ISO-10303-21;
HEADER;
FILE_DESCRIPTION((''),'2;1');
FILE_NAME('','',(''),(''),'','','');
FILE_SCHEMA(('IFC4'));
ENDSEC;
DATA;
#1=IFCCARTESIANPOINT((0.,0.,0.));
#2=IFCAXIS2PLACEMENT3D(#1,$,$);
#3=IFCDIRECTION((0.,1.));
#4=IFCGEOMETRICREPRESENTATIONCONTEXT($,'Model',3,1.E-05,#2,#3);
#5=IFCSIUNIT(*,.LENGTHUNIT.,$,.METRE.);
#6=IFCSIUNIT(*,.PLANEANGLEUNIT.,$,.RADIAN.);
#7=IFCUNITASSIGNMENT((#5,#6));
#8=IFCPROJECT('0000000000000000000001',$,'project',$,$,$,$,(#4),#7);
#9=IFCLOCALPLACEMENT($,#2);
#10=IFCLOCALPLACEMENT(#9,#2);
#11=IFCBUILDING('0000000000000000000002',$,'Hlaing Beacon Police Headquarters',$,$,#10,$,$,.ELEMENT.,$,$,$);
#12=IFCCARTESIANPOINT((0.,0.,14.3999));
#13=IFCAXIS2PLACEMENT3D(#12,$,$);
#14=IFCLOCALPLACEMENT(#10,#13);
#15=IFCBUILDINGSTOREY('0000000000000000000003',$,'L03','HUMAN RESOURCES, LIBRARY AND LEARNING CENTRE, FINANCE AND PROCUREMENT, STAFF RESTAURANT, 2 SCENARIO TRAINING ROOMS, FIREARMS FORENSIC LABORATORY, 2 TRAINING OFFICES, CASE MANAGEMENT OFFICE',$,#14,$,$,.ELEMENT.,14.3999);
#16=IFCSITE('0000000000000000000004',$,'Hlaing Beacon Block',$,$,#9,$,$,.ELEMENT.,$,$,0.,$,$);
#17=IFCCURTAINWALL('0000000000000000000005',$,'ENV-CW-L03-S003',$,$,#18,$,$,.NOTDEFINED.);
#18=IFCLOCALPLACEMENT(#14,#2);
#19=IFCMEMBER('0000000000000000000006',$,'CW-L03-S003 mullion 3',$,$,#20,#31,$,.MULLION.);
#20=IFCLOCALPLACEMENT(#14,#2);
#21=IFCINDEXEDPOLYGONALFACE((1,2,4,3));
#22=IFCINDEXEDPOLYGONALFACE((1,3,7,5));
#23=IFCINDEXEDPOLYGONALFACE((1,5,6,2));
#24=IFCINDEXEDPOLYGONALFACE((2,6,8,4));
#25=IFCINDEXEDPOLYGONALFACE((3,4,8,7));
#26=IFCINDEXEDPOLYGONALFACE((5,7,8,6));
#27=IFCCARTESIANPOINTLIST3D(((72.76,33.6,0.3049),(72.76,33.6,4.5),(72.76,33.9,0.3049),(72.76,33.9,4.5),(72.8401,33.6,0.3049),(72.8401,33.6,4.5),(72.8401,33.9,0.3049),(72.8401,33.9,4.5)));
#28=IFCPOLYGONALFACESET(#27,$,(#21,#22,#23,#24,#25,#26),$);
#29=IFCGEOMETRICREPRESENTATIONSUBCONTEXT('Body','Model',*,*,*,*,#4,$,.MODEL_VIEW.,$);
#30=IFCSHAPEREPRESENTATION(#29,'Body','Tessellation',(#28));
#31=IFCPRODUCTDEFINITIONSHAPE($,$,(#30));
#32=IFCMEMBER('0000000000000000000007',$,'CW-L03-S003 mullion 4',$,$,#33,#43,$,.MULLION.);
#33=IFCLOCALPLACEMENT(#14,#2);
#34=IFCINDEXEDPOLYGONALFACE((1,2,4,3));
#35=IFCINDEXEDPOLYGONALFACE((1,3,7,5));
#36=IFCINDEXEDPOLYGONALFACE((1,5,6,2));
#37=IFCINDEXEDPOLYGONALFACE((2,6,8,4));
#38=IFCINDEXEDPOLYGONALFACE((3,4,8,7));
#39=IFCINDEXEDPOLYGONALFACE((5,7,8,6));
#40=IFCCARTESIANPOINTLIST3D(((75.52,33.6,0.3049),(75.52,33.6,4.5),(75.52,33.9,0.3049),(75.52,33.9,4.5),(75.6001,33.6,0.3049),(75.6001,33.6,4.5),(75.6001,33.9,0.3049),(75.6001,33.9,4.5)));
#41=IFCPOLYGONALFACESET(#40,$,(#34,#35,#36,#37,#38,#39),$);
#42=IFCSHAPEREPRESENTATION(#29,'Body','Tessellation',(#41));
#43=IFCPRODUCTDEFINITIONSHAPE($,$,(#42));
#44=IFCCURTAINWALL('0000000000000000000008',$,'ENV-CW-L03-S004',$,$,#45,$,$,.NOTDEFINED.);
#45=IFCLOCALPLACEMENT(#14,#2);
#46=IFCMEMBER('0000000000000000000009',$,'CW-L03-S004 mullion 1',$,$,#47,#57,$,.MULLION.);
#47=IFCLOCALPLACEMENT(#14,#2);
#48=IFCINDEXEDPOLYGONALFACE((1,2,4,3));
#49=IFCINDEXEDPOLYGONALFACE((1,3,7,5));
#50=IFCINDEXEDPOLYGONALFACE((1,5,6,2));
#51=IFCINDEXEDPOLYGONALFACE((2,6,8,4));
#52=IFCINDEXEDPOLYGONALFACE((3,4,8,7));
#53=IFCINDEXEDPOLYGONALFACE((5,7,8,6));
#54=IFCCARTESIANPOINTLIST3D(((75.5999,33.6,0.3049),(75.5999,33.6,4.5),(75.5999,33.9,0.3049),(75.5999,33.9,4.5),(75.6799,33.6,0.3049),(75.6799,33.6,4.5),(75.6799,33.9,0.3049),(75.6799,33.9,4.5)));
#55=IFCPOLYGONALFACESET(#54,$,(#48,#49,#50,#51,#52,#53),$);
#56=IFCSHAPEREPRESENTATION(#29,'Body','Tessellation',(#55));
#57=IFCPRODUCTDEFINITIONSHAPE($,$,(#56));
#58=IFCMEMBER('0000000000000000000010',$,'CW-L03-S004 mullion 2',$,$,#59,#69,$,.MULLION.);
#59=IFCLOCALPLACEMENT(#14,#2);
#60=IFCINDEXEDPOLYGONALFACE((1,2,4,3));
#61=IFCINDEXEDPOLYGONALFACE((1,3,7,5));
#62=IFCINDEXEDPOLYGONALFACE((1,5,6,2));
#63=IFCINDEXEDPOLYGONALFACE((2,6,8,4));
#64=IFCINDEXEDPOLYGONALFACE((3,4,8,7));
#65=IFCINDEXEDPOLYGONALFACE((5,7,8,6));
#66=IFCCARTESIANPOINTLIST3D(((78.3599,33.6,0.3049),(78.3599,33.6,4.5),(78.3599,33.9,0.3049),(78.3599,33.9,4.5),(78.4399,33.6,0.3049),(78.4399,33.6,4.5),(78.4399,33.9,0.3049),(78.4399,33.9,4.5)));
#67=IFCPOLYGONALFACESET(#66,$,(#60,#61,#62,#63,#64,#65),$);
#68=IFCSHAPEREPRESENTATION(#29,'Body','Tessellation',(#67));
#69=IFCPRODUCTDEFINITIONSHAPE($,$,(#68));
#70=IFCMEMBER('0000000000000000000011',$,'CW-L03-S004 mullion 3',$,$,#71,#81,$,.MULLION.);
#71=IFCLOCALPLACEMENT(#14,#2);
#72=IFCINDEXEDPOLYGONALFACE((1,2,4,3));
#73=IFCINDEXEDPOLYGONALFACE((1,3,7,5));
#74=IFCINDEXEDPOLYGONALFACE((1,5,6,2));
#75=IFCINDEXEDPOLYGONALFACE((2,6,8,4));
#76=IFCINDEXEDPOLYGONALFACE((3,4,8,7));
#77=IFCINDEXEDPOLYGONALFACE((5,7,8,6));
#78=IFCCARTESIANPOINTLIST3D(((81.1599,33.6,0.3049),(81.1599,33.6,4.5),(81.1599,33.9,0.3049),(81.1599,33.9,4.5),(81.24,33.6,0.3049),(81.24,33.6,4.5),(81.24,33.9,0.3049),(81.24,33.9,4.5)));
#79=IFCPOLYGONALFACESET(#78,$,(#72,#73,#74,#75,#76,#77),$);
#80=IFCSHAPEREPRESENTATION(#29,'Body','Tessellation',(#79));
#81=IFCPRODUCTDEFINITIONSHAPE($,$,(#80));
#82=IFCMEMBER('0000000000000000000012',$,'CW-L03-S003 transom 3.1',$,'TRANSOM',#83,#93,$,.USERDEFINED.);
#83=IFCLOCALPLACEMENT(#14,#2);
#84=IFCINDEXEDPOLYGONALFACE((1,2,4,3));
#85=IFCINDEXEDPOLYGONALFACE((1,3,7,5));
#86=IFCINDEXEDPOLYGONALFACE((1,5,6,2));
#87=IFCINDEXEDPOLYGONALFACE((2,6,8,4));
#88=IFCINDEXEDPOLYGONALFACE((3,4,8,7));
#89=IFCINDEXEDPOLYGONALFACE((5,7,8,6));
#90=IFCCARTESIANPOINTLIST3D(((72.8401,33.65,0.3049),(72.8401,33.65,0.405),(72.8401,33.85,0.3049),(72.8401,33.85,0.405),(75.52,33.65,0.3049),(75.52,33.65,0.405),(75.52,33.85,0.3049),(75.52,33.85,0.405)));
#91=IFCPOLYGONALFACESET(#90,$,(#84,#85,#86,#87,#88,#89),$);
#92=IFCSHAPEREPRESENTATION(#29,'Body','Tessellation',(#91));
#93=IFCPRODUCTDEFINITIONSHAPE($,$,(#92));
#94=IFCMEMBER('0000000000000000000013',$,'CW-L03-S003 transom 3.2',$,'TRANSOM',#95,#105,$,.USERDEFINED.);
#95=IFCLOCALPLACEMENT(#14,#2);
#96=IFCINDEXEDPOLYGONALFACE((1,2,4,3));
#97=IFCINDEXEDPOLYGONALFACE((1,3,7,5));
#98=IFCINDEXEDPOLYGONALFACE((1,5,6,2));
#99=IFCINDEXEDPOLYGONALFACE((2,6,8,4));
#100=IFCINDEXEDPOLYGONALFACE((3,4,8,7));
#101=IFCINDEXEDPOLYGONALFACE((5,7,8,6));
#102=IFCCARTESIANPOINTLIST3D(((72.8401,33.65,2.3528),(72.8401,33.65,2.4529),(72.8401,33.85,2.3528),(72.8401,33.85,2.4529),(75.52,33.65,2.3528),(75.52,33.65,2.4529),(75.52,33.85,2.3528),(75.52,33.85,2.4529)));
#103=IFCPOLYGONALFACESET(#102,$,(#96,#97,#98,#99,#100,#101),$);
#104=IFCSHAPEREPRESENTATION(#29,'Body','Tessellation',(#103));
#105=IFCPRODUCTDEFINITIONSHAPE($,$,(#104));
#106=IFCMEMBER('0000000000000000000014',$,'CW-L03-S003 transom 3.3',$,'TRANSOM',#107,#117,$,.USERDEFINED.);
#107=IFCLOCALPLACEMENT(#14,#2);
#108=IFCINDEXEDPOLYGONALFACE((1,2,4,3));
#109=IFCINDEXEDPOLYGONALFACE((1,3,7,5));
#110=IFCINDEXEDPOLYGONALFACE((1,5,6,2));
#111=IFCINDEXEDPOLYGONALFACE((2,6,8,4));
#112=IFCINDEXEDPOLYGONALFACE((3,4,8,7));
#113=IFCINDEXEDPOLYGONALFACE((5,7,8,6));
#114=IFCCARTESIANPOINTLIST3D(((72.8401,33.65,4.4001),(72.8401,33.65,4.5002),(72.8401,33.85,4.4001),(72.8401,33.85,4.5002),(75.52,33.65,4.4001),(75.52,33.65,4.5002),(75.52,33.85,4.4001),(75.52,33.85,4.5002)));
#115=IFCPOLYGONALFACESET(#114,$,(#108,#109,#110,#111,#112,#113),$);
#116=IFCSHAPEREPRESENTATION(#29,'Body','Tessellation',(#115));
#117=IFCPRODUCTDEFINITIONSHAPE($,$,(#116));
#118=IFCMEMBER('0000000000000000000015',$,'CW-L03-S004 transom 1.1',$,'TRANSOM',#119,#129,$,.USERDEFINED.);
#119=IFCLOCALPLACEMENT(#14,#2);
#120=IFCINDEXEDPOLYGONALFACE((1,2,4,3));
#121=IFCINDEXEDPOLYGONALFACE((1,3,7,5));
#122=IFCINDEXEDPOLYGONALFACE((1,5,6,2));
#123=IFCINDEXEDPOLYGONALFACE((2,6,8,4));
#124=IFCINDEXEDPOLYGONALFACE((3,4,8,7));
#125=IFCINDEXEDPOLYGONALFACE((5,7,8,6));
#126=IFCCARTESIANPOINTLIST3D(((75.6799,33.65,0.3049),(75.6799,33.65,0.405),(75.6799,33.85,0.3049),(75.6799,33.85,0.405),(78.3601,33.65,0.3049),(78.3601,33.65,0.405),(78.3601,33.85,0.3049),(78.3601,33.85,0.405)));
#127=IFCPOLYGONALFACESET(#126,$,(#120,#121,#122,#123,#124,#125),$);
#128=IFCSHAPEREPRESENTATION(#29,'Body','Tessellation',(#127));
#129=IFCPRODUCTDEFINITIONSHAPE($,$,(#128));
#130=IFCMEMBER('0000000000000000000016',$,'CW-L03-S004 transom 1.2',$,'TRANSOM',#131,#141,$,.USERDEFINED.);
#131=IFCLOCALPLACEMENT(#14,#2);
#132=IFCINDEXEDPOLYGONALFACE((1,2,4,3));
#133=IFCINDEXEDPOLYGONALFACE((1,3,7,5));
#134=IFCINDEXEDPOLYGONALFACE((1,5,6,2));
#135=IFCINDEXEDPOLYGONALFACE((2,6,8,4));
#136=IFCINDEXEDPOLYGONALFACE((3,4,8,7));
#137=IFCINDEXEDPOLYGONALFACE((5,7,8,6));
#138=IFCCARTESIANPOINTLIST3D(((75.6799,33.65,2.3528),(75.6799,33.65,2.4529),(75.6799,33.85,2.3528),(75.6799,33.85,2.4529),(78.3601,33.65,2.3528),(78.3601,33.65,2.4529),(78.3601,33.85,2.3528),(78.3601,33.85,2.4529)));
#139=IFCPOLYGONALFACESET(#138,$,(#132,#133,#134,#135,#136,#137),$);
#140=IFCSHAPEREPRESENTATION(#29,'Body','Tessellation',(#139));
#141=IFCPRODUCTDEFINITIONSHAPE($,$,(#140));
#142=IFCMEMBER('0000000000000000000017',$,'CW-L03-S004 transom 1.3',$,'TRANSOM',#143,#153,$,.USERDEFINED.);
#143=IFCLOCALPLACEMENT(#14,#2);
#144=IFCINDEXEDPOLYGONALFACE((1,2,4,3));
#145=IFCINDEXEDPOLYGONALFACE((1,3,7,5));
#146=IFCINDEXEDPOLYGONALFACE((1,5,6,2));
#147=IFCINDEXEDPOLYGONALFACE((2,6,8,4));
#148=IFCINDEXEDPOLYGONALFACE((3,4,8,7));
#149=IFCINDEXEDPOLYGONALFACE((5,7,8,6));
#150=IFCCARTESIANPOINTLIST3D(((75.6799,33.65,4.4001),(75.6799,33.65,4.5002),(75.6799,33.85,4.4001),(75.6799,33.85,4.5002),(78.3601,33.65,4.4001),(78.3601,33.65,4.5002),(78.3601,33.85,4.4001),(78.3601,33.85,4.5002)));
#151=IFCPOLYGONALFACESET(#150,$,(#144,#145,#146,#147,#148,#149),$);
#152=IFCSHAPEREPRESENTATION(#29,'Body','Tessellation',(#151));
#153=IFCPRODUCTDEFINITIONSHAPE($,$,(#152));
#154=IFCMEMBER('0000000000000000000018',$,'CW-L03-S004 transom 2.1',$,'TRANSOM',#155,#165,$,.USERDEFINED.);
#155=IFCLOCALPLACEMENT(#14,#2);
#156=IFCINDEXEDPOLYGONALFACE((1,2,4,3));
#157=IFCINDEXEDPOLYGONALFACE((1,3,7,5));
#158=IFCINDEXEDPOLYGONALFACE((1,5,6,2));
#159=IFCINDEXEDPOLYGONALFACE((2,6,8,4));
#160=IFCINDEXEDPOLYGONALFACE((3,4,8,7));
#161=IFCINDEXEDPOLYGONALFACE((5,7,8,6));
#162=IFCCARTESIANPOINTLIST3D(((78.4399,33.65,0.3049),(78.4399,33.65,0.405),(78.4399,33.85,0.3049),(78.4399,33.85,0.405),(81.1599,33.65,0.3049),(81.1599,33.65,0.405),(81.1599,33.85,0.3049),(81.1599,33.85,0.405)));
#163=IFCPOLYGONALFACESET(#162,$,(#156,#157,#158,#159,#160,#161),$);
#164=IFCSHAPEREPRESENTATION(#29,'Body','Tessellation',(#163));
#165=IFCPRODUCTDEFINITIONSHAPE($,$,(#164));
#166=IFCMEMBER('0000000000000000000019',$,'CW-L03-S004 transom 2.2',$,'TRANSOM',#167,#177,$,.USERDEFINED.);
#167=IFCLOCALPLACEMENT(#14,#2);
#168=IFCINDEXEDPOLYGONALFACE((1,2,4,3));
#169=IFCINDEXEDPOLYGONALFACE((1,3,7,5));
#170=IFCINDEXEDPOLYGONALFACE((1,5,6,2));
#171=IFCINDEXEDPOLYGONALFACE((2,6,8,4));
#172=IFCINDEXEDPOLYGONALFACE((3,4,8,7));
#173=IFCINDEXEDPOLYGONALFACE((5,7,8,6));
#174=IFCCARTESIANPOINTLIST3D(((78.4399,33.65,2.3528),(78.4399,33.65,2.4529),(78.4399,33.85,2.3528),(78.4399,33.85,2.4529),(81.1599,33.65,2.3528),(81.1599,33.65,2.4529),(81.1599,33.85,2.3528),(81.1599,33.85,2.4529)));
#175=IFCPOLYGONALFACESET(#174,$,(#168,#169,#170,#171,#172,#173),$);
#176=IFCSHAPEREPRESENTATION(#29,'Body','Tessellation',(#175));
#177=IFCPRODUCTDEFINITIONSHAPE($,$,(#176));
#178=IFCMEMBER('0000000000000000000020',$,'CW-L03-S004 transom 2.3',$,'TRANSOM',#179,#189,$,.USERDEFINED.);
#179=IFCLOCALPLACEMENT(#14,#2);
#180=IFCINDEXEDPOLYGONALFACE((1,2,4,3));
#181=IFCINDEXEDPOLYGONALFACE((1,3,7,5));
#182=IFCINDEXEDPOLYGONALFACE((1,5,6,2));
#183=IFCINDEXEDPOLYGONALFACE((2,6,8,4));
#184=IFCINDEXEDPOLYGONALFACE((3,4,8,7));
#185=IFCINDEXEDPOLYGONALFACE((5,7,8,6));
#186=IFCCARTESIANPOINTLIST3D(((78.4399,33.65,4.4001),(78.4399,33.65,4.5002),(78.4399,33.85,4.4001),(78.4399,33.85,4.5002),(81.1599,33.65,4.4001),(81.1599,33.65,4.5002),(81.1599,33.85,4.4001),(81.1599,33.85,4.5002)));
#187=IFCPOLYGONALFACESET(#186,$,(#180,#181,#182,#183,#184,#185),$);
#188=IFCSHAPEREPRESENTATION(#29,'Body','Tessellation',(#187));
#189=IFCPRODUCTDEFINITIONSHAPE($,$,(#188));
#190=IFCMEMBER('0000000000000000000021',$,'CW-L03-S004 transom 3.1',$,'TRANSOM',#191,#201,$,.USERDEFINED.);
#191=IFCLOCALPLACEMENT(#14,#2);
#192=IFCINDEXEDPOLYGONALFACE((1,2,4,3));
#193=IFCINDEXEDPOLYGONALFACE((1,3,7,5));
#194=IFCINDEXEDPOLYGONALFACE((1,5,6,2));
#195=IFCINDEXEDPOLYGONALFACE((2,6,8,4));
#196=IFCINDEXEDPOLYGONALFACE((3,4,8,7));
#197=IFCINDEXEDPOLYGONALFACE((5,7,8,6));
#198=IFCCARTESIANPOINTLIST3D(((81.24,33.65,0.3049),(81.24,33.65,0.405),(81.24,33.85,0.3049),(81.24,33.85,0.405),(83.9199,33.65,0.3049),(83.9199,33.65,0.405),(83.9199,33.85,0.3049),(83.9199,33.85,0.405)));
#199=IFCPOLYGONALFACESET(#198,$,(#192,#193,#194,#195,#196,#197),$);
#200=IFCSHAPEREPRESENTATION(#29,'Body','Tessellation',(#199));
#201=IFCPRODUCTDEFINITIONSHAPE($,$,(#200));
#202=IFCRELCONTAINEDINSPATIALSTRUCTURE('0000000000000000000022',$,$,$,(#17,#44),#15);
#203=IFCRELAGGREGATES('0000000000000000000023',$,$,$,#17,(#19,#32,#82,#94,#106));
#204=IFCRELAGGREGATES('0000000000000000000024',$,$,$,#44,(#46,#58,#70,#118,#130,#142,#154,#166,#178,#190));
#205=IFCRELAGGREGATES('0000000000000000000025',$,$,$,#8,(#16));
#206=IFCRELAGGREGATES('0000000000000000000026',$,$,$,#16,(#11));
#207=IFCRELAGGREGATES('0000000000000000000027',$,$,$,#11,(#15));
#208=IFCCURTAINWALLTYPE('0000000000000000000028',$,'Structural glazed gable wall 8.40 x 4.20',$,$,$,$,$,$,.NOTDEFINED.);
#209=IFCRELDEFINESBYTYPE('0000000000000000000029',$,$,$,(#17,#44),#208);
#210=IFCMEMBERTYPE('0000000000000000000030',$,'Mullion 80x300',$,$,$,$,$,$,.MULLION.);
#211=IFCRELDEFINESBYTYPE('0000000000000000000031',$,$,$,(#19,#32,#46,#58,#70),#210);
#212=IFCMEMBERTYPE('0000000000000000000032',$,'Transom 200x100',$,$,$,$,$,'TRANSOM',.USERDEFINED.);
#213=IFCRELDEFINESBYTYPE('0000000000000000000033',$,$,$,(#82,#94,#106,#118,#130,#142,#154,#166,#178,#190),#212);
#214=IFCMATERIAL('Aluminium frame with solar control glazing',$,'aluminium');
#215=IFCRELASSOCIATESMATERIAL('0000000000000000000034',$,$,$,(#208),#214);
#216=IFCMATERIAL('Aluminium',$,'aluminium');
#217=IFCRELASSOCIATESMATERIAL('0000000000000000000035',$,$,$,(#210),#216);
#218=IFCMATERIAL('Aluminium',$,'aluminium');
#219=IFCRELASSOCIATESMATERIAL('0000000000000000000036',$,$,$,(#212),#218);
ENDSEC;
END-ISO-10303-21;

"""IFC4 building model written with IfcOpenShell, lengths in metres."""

from ifc_helpers import new_model, si_unit, direction, frame, origin, origin_2d, place, context, subcontext, project, spatial, rectangle, extrude, material, material_profile, profile_set, type_object, element, aggregate, save


model = new_model("IFC4")

# Units and contexts
model_context = context("Model", 3, precision=1e-05, world=origin(), true_north=direction((0.0, 1.0)))
body_context = subcontext(model_context, "Body", "Model", "MODEL_VIEW")
ifc_project = project(units=[si_unit("LENGTHUNIT", "METRE"), si_unit("PLANEANGLEUNIT", "RADIAN")], contexts=[model_context])

# Site, building, storey
site_placement = place(None, origin())
site = spatial("IfcSite", under=ifc_project, at=site_placement, Name="Hlaing Beacon Block", CompositionType="ELEMENT", RefElevation=0.0)
building_placement = place(site_placement, origin())
building = spatial("IfcBuilding", under=site, at=building_placement, Name="Hlaing Beacon Police Headquarters", CompositionType="ELEMENT")
storey_placement = place(building_placement, frame((0.0, 0.0, 14.3999)))
storey = spatial("IfcBuildingStorey", under=building, at=storey_placement, Name="L03", Description="HUMAN RESOURCES, LIBRARY AND LEARNING CENTRE, FINANCE AND PROCUREMENT, STAFF RESTAURANT, 2 SCENARIO TRAINING ROOMS, FIREARMS FORENSIC LABORATORY, 2 TRAINING OFFICES, CASE MANAGEMENT OFFICE", CompositionType="ELEMENT", Elevation=14.3999)

# Curtain walls, members
ifc_material_1 = material(Name="Aluminium frame with solar control glazing", Category="aluminium")
curtain_wall_type = type_object("IfcCurtainWallType", Name="Structural glazed gable wall 8.40 x 4.20", PredefinedType="NOTDEFINED", material=ifc_material_1)
curtain_wall_1_placement = place(storey_placement, origin())
curtain_wall_1 = element("IfcCurtainWall", 1, at=curtain_wall_1_placement, inside=storey, type_object=curtain_wall_type, Name="ENV-CW-L03-S003", PredefinedType="NOTDEFINED")
ifc_material_2 = material(Name="Aluminium", Category="aluminium")
ifc_material_profile_1 = material_profile(ifc_material_2, rectangle(XDim=0.3, YDim=0.0801, at=origin_2d()), Name="Mullion 80x300")
ifc_profile_set_1 = profile_set([ifc_material_profile_1], Name="Aluminium")
member_type_1 = type_object("IfcMemberType", Name="Mullion 80x300", PredefinedType="MULLION", material=ifc_profile_set_1)
member_1_placement = place(storey_placement, frame((72.8, 33.75, 0.3049), z_axis=(0.0, 0.0, 1.0), x_axis=(0.0, 1.0, 0.0)))
member_1 = element("IfcMember", 2, at=member_1_placement, type_object=member_type_1, Name="CW-L03-S003 mullion 3", PredefinedType="MULLION", context=body_context, shape_type="SweptSolid", body=[
    extrude(rectangle(XDim=0.3, YDim=0.0801, at=origin_2d()), origin(), (0.0, 0.0, 1.0), 4.1951),
])
member_2_placement = place(storey_placement, frame((75.5601, 33.75, 0.3049), z_axis=(0.0, 0.0, 1.0), x_axis=(0.0, 1.0, 0.0)))
member_2 = element("IfcMember", 3, at=member_2_placement, type_object=member_type_1, Name="CW-L03-S003 mullion 4", PredefinedType="MULLION", context=body_context, shape_type="SweptSolid", body=[
    extrude(rectangle(XDim=0.3, YDim=0.0801, at=origin_2d()), origin(), (0.0, 0.0, 1.0), 4.1951),
])
curtain_wall_2_placement = place(storey_placement, origin())
curtain_wall_2 = element("IfcCurtainWall", 4, at=curtain_wall_2_placement, inside=storey, type_object=curtain_wall_type, Name="ENV-CW-L03-S004", PredefinedType="NOTDEFINED")
member_3_placement = place(storey_placement, frame((75.6399, 33.75, 0.3049), z_axis=(0.0, 0.0, 1.0), x_axis=(0.0, 1.0, 0.0)))
member_3 = element("IfcMember", 5, at=member_3_placement, type_object=member_type_1, Name="CW-L03-S004 mullion 1", PredefinedType="MULLION", context=body_context, shape_type="SweptSolid", body=[
    extrude(rectangle(XDim=0.3, YDim=0.0801, at=origin_2d()), origin(), (0.0, 0.0, 1.0), 4.1951),
])
member_4_placement = place(storey_placement, frame((78.3999, 33.75, 0.3049), z_axis=(0.0, 0.0, 1.0), x_axis=(0.0, 1.0, 0.0)))
member_4 = element("IfcMember", 6, at=member_4_placement, type_object=member_type_1, Name="CW-L03-S004 mullion 2", PredefinedType="MULLION", context=body_context, shape_type="SweptSolid", body=[
    extrude(rectangle(XDim=0.3, YDim=0.0801, at=origin_2d()), origin(), (0.0, 0.0, 1.0), 4.1951),
])
member_5_placement = place(storey_placement, frame((81.2, 33.75, 0.3049), z_axis=(0.0, 0.0, 1.0), x_axis=(0.0, 1.0, 0.0)))
member_5 = element("IfcMember", 7, at=member_5_placement, type_object=member_type_1, Name="CW-L03-S004 mullion 3", PredefinedType="MULLION", context=body_context, shape_type="SweptSolid", body=[
    extrude(rectangle(XDim=0.3, YDim=0.0801, at=origin_2d()), origin(), (0.0, 0.0, 1.0), 4.1951),
])

# Members
ifc_material_3 = material(Name="Aluminium", Category="aluminium")
ifc_material_profile_2 = material_profile(ifc_material_3, rectangle(XDim=0.2, YDim=0.1001, at=origin_2d()), Name="Transom 200x100")
ifc_profile_set_2 = profile_set([ifc_material_profile_2], Name="Aluminium")
member_type_2 = type_object("IfcMemberType", Name="Transom 200x100", ElementType="TRANSOM", PredefinedType="USERDEFINED", material=ifc_profile_set_2)
member_6_placement = place(storey_placement, frame((72.8401, 33.75, 0.355), z_axis=(1.0, 0.0, 0.0), x_axis=(0.0, 1.0, 0.0)))
member_6 = element("IfcMember", 8, at=member_6_placement, type_object=member_type_2, Name="CW-L03-S003 transom 3.1", ObjectType="TRANSOM", PredefinedType="USERDEFINED", context=body_context, shape_type="SweptSolid", body=[
    extrude(rectangle(XDim=0.2, YDim=0.1001, at=origin_2d()), origin(), (0.0, 0.0, 1.0), 2.6799),
])
member_7_placement = place(storey_placement, frame((72.8401, 33.75, 2.4028), z_axis=(1.0, 0.0, 0.0), x_axis=(0.0, 1.0, 0.0)))
member_7 = element("IfcMember", 9, at=member_7_placement, type_object=member_type_2, Name="CW-L03-S003 transom 3.2", ObjectType="TRANSOM", PredefinedType="USERDEFINED", context=body_context, shape_type="SweptSolid", body=[
    extrude(rectangle(XDim=0.2, YDim=0.1001, at=origin_2d()), origin(), (0.0, 0.0, 1.0), 2.6799),
])
member_8_placement = place(storey_placement, frame((72.8401, 33.75, 4.4502), z_axis=(1.0, 0.0, 0.0), x_axis=(0.0, 1.0, 0.0)))
member_8 = element("IfcMember", 10, at=member_8_placement, type_object=member_type_2, Name="CW-L03-S003 transom 3.3", ObjectType="TRANSOM", PredefinedType="USERDEFINED", context=body_context, shape_type="SweptSolid", body=[
    extrude(rectangle(XDim=0.2, YDim=0.1001, at=origin_2d()), origin(), (0.0, 0.0, 1.0), 2.6799),
])
member_9_placement = place(storey_placement, frame((75.6799, 33.75, 0.355), z_axis=(1.0, 0.0, 0.0), x_axis=(0.0, 1.0, 0.0)))
member_9 = element("IfcMember", 11, at=member_9_placement, type_object=member_type_2, Name="CW-L03-S004 transom 1.1", ObjectType="TRANSOM", PredefinedType="USERDEFINED", context=body_context, shape_type="SweptSolid", body=[
    extrude(rectangle(XDim=0.2, YDim=0.1001, at=origin_2d()), origin(), (0.0, 0.0, 1.0), 2.6802),
])
member_10_placement = place(storey_placement, frame((75.6799, 33.75, 2.4028), z_axis=(1.0, 0.0, 0.0), x_axis=(0.0, 1.0, 0.0)))
member_10 = element("IfcMember", 12, at=member_10_placement, type_object=member_type_2, Name="CW-L03-S004 transom 1.2", ObjectType="TRANSOM", PredefinedType="USERDEFINED", context=body_context, shape_type="SweptSolid", body=[
    extrude(rectangle(XDim=0.2, YDim=0.1001, at=origin_2d()), origin(), (0.0, 0.0, 1.0), 2.6802),
])
member_11_placement = place(storey_placement, frame((75.6799, 33.75, 4.4502), z_axis=(1.0, 0.0, 0.0), x_axis=(0.0, 1.0, 0.0)))
member_11 = element("IfcMember", 13, at=member_11_placement, type_object=member_type_2, Name="CW-L03-S004 transom 1.3", ObjectType="TRANSOM", PredefinedType="USERDEFINED", context=body_context, shape_type="SweptSolid", body=[
    extrude(rectangle(XDim=0.2, YDim=0.1001, at=origin_2d()), origin(), (0.0, 0.0, 1.0), 2.6802),
])
member_12_placement = place(storey_placement, frame((78.4399, 33.75, 0.355), z_axis=(1.0, 0.0, 0.0), x_axis=(0.0, 1.0, 0.0)))
member_12 = element("IfcMember", 14, at=member_12_placement, type_object=member_type_2, Name="CW-L03-S004 transom 2.1", ObjectType="TRANSOM", PredefinedType="USERDEFINED", context=body_context, shape_type="SweptSolid", body=[
    extrude(rectangle(XDim=0.2, YDim=0.1001, at=origin_2d()), origin(), (0.0, 0.0, 1.0), 2.72),
])
member_13_placement = place(storey_placement, frame((78.4399, 33.75, 2.4028), z_axis=(1.0, 0.0, 0.0), x_axis=(0.0, 1.0, 0.0)))
member_13 = element("IfcMember", 15, at=member_13_placement, type_object=member_type_2, Name="CW-L03-S004 transom 2.2", ObjectType="TRANSOM", PredefinedType="USERDEFINED", context=body_context, shape_type="SweptSolid", body=[
    extrude(rectangle(XDim=0.2, YDim=0.1001, at=origin_2d()), origin(), (0.0, 0.0, 1.0), 2.72),
])
member_14_placement = place(storey_placement, frame((78.4399, 33.75, 4.4502), z_axis=(1.0, 0.0, 0.0), x_axis=(0.0, 1.0, 0.0)))
member_14 = element("IfcMember", 16, at=member_14_placement, type_object=member_type_2, Name="CW-L03-S004 transom 2.3", ObjectType="TRANSOM", PredefinedType="USERDEFINED", context=body_context, shape_type="SweptSolid", body=[
    extrude(rectangle(XDim=0.2, YDim=0.1001, at=origin_2d()), origin(), (0.0, 0.0, 1.0), 2.72),
])
member_15_placement = place(storey_placement, frame((81.24, 33.75, 0.355), z_axis=(1.0, 0.0, 0.0), x_axis=(0.0, 1.0, 0.0)))
member_15 = element("IfcMember", 17, at=member_15_placement, type_object=member_type_2, Name="CW-L03-S004 transom 3.1", ObjectType="TRANSOM", PredefinedType="USERDEFINED", context=body_context, shape_type="SweptSolid", body=[
    extrude(rectangle(XDim=0.2, YDim=0.1001, at=origin_2d()), origin(), (0.0, 0.0, 1.0), 2.6799),
])

aggregate(curtain_wall_1, [member_1, member_2, member_6, member_7, member_8])
aggregate(curtain_wall_2, [member_3, member_4, member_5, member_9, member_10, member_11, member_12, member_13, member_14, member_15])

save(model, "model.ifc")
